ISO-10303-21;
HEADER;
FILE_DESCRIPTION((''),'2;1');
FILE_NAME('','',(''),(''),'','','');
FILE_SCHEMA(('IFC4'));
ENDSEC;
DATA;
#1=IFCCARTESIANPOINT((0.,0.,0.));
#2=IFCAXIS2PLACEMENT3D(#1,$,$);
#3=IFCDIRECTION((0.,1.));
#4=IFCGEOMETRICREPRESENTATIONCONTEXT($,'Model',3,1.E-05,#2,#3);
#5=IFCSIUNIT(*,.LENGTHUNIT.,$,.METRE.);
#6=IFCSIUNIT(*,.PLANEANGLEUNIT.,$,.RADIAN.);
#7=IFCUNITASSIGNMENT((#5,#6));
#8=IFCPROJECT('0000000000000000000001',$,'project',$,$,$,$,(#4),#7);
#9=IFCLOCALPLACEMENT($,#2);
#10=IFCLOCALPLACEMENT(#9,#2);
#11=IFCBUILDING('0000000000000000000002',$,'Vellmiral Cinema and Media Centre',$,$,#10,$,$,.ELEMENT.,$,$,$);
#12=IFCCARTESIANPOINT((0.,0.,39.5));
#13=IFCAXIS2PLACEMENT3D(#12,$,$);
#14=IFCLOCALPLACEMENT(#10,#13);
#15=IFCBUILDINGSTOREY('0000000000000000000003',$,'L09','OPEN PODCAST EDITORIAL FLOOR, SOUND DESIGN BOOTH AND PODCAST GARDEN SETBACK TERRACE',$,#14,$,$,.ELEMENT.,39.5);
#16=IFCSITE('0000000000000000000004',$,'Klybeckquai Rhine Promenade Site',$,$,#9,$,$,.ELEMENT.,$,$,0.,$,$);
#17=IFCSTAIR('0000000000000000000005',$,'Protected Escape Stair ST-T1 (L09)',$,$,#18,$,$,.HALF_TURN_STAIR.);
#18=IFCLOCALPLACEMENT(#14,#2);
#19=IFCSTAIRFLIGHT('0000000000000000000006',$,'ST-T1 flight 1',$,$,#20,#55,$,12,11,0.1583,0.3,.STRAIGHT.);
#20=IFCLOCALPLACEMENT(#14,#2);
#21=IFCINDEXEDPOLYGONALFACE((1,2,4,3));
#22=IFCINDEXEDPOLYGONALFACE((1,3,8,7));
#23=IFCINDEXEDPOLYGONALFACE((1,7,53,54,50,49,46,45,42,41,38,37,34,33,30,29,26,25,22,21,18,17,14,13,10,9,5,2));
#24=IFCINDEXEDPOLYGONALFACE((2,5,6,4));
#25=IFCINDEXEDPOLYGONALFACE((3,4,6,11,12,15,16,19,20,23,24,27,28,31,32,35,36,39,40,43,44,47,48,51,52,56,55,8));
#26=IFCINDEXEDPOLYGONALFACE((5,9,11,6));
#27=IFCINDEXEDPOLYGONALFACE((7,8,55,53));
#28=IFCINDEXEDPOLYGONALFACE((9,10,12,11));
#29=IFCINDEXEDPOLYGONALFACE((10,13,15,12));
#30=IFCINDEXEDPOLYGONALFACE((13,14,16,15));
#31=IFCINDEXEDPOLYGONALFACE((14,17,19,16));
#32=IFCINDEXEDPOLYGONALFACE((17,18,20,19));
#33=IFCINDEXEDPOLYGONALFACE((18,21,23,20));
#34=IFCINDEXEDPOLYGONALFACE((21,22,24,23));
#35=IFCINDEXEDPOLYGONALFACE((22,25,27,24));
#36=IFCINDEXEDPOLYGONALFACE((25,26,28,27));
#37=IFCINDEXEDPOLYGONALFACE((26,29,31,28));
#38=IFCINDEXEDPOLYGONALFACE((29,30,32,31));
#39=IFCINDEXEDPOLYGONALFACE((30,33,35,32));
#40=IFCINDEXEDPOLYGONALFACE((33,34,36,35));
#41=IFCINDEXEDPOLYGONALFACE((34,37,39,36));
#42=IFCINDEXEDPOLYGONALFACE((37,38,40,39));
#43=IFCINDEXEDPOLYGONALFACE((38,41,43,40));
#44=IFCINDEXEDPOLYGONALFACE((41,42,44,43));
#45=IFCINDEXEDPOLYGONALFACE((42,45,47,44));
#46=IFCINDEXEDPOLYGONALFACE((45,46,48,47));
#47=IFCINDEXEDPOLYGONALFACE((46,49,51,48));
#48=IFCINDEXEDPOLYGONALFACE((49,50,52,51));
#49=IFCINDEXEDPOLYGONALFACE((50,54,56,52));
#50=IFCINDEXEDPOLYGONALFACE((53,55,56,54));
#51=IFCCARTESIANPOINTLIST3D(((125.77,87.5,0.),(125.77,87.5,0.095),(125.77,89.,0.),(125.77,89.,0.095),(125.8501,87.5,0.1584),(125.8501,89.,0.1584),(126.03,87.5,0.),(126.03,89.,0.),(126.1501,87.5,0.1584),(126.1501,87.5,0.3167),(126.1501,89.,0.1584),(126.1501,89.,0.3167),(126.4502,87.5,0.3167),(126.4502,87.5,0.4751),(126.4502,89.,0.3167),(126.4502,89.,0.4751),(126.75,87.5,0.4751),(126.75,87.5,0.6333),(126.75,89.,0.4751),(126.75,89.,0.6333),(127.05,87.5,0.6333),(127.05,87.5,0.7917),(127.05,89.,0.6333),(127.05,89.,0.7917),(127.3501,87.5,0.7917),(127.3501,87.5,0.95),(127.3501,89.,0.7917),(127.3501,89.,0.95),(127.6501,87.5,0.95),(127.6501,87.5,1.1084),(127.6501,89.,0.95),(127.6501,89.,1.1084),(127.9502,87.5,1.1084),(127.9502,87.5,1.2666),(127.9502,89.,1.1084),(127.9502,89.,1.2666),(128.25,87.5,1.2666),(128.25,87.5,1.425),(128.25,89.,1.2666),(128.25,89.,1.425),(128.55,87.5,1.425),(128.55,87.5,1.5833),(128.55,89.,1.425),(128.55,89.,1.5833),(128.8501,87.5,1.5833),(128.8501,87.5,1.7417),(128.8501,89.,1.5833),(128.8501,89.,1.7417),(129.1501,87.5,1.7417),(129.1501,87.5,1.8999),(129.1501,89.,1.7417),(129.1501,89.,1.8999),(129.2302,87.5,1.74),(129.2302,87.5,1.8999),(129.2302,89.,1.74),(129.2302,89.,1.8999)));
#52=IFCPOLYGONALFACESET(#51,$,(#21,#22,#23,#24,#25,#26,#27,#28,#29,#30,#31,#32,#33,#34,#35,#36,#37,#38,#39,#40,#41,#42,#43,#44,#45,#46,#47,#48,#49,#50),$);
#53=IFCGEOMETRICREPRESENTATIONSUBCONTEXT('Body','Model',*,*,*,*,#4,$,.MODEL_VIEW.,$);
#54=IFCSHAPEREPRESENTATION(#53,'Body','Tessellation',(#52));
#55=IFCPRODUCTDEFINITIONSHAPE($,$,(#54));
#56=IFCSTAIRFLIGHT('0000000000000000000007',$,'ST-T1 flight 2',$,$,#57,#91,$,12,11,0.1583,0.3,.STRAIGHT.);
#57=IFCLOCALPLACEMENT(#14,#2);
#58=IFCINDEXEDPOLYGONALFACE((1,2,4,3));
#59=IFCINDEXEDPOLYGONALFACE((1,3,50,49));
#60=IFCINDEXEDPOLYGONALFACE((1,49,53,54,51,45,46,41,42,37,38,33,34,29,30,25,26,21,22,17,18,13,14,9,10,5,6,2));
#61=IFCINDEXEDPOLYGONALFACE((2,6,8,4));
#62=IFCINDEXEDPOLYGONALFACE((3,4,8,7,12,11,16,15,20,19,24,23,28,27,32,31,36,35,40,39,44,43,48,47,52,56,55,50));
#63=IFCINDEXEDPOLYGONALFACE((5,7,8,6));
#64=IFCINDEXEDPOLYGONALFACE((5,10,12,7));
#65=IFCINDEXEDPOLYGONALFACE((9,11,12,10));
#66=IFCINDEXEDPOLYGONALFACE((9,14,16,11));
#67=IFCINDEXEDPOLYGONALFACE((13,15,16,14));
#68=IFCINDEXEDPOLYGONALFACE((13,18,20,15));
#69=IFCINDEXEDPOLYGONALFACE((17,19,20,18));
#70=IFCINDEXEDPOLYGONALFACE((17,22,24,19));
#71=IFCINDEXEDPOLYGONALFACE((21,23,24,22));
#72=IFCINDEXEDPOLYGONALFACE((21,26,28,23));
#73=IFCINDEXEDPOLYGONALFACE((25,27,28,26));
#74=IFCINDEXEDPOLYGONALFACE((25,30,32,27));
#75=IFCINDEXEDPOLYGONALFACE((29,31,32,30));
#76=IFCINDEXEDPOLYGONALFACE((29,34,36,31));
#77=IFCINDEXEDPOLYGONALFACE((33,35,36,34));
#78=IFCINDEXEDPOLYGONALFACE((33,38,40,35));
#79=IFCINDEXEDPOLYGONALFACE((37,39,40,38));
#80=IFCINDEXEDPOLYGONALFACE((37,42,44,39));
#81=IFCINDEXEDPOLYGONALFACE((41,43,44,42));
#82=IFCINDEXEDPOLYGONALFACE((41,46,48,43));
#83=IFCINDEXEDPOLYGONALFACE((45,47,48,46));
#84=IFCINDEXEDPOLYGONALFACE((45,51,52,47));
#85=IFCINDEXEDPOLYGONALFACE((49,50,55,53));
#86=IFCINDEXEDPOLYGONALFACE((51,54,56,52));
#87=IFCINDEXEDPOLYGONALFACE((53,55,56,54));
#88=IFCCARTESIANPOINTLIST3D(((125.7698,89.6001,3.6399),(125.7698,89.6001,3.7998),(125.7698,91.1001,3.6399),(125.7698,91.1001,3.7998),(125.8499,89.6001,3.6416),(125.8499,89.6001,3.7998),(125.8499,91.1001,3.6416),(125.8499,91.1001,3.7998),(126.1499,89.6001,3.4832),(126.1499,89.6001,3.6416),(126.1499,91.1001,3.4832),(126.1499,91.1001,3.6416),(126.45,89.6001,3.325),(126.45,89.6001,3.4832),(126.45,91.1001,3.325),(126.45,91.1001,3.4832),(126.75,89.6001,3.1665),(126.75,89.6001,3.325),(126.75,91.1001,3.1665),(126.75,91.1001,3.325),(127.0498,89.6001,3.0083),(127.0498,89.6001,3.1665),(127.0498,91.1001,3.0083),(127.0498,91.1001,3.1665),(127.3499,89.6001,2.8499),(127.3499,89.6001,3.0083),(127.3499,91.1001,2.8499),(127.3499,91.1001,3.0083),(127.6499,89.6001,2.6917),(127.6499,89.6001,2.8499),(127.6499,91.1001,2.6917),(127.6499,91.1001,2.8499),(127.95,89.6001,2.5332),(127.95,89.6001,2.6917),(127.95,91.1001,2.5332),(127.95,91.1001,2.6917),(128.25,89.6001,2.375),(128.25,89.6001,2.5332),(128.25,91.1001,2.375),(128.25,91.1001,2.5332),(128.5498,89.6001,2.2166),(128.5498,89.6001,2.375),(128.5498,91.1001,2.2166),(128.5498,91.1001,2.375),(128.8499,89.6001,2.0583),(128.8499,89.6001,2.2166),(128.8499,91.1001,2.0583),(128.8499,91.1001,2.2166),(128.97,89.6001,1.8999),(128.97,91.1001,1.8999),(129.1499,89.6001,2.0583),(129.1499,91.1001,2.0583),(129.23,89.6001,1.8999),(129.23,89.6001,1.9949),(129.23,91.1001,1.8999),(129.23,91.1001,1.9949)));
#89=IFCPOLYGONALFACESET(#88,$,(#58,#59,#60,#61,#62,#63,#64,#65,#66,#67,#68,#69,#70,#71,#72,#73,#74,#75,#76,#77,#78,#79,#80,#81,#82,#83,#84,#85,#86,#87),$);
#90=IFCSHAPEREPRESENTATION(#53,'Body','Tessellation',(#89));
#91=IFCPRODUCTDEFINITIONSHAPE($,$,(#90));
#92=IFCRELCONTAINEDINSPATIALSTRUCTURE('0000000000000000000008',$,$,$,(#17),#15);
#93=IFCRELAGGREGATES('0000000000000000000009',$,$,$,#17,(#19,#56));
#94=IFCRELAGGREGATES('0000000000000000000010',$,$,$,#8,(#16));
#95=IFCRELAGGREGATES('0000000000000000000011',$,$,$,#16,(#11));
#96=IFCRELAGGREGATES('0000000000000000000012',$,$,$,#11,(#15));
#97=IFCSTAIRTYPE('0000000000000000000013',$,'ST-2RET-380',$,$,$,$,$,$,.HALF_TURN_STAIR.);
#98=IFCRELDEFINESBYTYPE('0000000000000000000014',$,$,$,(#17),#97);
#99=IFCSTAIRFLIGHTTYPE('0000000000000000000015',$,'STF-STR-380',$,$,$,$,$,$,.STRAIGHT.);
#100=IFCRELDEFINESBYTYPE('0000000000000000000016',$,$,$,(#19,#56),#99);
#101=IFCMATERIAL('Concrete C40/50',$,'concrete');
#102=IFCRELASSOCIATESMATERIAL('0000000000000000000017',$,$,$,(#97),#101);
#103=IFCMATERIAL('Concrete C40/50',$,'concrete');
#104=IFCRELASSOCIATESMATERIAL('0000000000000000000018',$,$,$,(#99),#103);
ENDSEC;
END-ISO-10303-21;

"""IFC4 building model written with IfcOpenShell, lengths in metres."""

from ifc_helpers import new_model, si_unit, direction, frame, origin, place, context, subcontext, project, spatial, polyline, outline, extrude, material, type_object, element, aggregate, save


model = new_model("IFC4")

# Units and contexts
model_context = context("Model", 3, precision=1e-05, world=origin(), true_north=direction((0.0, 1.0)))
body_context = subcontext(model_context, "Body", "Model", "MODEL_VIEW")
ifc_project = project(units=[si_unit("LENGTHUNIT", "METRE"), si_unit("PLANEANGLEUNIT", "RADIAN")], contexts=[model_context])

# Site, building, storey
site_placement = place(None, origin())
site = spatial("IfcSite", under=ifc_project, at=site_placement, Name="Klybeckquai Rhine Promenade Site", CompositionType="ELEMENT", RefElevation=0.0)
building_placement = place(site_placement, origin())
building = spatial("IfcBuilding", under=site, at=building_placement, Name="Vellmiral Cinema and Media Centre", CompositionType="ELEMENT")
storey_placement = place(building_placement, frame((0.0, 0.0, 39.5)))
storey = spatial("IfcBuildingStorey", under=building, at=storey_placement, Name="L09", Description="OPEN PODCAST EDITORIAL FLOOR, SOUND DESIGN BOOTH AND PODCAST GARDEN SETBACK TERRACE", CompositionType="ELEMENT", Elevation=39.5)

# Stair, stair flights
ifc_material_1 = material(Name="Concrete C40/50", Category="concrete")
stair_type = type_object("IfcStairType", Name="ST-2RET-380", PredefinedType="HALF_TURN_STAIR", material=ifc_material_1)
stair_placement = place(storey_placement, origin())
stair = element("IfcStair", 1, at=stair_placement, inside=storey, type_object=stair_type, Name="Protected Escape Stair ST-T1 (L09)", PredefinedType="HALF_TURN_STAIR")
ifc_material_2 = material(Name="Concrete C40/50", Category="concrete")
stair_flight_type = type_object("IfcStairFlightType", Name="STF-STR-380", PredefinedType="STRAIGHT", material=ifc_material_2)
stair_flight_1_placement = place(storey_placement, frame((125.8501, 88.25, 0.0), z_axis=(0.0, 0.0, 1.0), x_axis=(1.0, 0.0, 0.0)))
stair_flight_1 = element("IfcStairFlight", 2, at=stair_flight_1_placement, type_object=stair_flight_type, Name="ST-T1 flight 1", NumberOfRisers=12, NumberOfTreads=11, PredefinedType="STRAIGHT", RiserHeight=0.1583, TreadLength=0.3, context=body_context, shape_type="SweptSolid", body=[
    extrude(outline(polyline([(-0.0801, 0.0), (-0.0801, 0.095), (0.0, 0.1584), (0.3, 0.1584), (0.3, 0.3167), (0.6001, 0.3167), (0.6001, 0.4751), (0.8999, 0.4751), (0.8999, 0.6333), (1.2, 0.6333), (1.2, 0.7917), (1.5, 0.7917), (1.5, 0.95), (1.8, 0.95), (1.8, 1.1084), (2.1001, 1.1084), (2.1001, 1.2666), (2.3999, 1.2666), (2.3999, 1.425), (2.7, 1.425), (2.7, 1.5833), (3.0, 1.5833), (3.0, 1.7417), (3.3, 1.7417), (3.3, 1.8999), (3.3801, 1.8999), (3.3801, 1.74), (0.1799, 0.0), (-0.0801, 0.0)])), frame((0.0, 0.75, 0.0), z_axis=(0.0, -1.0, 0.0), x_axis=(1.0, 0.0, 0.0)), (0.0, 0.0, 1.0), 1.5),
])
stair_flight_2_placement = place(storey_placement, frame((129.1499, 90.3501, 1.8999), z_axis=(0.0, 0.0, 1.0), x_axis=(-1.0, 0.0, 0.0)))
stair_flight_2 = element("IfcStairFlight", 3, at=stair_flight_2_placement, type_object=stair_flight_type, Name="ST-T1 flight 2", NumberOfRisers=12, NumberOfTreads=11, PredefinedType="STRAIGHT", RiserHeight=0.1583, TreadLength=0.3, context=body_context, shape_type="SweptSolid", body=[
    extrude(outline(polyline([(-0.0801, 0.0), (-0.0801, 0.095), (0.0, 0.1584), (0.3, 0.1584), (0.3, 0.3167), (0.6001, 0.3167), (0.6001, 0.4751), (0.8999, 0.4751), (0.8999, 0.6333), (1.2, 0.6333), (1.2, 0.7917), (1.5, 0.7917), (1.5, 0.95), (1.8, 0.95), (1.8, 1.1084), (2.1001, 1.1084), (2.1001, 1.2666), (2.3999, 1.2666), (2.3999, 1.425), (2.7, 1.425), (2.7, 1.5833), (3.0, 1.5833), (3.0, 1.7417), (3.3, 1.7417), (3.3, 1.8999), (3.3801, 1.8999), (3.3801, 1.74), (0.1799, 0.0), (-0.0801, 0.0)])), frame((0.0, 0.75, 0.0), z_axis=(0.0, -1.0, 0.0), x_axis=(1.0, 0.0, 0.0)), (0.0, 0.0, 1.0), 1.5),
])
aggregate(stair, [stair_flight_1, stair_flight_2])

save(model, "model.ifc")
